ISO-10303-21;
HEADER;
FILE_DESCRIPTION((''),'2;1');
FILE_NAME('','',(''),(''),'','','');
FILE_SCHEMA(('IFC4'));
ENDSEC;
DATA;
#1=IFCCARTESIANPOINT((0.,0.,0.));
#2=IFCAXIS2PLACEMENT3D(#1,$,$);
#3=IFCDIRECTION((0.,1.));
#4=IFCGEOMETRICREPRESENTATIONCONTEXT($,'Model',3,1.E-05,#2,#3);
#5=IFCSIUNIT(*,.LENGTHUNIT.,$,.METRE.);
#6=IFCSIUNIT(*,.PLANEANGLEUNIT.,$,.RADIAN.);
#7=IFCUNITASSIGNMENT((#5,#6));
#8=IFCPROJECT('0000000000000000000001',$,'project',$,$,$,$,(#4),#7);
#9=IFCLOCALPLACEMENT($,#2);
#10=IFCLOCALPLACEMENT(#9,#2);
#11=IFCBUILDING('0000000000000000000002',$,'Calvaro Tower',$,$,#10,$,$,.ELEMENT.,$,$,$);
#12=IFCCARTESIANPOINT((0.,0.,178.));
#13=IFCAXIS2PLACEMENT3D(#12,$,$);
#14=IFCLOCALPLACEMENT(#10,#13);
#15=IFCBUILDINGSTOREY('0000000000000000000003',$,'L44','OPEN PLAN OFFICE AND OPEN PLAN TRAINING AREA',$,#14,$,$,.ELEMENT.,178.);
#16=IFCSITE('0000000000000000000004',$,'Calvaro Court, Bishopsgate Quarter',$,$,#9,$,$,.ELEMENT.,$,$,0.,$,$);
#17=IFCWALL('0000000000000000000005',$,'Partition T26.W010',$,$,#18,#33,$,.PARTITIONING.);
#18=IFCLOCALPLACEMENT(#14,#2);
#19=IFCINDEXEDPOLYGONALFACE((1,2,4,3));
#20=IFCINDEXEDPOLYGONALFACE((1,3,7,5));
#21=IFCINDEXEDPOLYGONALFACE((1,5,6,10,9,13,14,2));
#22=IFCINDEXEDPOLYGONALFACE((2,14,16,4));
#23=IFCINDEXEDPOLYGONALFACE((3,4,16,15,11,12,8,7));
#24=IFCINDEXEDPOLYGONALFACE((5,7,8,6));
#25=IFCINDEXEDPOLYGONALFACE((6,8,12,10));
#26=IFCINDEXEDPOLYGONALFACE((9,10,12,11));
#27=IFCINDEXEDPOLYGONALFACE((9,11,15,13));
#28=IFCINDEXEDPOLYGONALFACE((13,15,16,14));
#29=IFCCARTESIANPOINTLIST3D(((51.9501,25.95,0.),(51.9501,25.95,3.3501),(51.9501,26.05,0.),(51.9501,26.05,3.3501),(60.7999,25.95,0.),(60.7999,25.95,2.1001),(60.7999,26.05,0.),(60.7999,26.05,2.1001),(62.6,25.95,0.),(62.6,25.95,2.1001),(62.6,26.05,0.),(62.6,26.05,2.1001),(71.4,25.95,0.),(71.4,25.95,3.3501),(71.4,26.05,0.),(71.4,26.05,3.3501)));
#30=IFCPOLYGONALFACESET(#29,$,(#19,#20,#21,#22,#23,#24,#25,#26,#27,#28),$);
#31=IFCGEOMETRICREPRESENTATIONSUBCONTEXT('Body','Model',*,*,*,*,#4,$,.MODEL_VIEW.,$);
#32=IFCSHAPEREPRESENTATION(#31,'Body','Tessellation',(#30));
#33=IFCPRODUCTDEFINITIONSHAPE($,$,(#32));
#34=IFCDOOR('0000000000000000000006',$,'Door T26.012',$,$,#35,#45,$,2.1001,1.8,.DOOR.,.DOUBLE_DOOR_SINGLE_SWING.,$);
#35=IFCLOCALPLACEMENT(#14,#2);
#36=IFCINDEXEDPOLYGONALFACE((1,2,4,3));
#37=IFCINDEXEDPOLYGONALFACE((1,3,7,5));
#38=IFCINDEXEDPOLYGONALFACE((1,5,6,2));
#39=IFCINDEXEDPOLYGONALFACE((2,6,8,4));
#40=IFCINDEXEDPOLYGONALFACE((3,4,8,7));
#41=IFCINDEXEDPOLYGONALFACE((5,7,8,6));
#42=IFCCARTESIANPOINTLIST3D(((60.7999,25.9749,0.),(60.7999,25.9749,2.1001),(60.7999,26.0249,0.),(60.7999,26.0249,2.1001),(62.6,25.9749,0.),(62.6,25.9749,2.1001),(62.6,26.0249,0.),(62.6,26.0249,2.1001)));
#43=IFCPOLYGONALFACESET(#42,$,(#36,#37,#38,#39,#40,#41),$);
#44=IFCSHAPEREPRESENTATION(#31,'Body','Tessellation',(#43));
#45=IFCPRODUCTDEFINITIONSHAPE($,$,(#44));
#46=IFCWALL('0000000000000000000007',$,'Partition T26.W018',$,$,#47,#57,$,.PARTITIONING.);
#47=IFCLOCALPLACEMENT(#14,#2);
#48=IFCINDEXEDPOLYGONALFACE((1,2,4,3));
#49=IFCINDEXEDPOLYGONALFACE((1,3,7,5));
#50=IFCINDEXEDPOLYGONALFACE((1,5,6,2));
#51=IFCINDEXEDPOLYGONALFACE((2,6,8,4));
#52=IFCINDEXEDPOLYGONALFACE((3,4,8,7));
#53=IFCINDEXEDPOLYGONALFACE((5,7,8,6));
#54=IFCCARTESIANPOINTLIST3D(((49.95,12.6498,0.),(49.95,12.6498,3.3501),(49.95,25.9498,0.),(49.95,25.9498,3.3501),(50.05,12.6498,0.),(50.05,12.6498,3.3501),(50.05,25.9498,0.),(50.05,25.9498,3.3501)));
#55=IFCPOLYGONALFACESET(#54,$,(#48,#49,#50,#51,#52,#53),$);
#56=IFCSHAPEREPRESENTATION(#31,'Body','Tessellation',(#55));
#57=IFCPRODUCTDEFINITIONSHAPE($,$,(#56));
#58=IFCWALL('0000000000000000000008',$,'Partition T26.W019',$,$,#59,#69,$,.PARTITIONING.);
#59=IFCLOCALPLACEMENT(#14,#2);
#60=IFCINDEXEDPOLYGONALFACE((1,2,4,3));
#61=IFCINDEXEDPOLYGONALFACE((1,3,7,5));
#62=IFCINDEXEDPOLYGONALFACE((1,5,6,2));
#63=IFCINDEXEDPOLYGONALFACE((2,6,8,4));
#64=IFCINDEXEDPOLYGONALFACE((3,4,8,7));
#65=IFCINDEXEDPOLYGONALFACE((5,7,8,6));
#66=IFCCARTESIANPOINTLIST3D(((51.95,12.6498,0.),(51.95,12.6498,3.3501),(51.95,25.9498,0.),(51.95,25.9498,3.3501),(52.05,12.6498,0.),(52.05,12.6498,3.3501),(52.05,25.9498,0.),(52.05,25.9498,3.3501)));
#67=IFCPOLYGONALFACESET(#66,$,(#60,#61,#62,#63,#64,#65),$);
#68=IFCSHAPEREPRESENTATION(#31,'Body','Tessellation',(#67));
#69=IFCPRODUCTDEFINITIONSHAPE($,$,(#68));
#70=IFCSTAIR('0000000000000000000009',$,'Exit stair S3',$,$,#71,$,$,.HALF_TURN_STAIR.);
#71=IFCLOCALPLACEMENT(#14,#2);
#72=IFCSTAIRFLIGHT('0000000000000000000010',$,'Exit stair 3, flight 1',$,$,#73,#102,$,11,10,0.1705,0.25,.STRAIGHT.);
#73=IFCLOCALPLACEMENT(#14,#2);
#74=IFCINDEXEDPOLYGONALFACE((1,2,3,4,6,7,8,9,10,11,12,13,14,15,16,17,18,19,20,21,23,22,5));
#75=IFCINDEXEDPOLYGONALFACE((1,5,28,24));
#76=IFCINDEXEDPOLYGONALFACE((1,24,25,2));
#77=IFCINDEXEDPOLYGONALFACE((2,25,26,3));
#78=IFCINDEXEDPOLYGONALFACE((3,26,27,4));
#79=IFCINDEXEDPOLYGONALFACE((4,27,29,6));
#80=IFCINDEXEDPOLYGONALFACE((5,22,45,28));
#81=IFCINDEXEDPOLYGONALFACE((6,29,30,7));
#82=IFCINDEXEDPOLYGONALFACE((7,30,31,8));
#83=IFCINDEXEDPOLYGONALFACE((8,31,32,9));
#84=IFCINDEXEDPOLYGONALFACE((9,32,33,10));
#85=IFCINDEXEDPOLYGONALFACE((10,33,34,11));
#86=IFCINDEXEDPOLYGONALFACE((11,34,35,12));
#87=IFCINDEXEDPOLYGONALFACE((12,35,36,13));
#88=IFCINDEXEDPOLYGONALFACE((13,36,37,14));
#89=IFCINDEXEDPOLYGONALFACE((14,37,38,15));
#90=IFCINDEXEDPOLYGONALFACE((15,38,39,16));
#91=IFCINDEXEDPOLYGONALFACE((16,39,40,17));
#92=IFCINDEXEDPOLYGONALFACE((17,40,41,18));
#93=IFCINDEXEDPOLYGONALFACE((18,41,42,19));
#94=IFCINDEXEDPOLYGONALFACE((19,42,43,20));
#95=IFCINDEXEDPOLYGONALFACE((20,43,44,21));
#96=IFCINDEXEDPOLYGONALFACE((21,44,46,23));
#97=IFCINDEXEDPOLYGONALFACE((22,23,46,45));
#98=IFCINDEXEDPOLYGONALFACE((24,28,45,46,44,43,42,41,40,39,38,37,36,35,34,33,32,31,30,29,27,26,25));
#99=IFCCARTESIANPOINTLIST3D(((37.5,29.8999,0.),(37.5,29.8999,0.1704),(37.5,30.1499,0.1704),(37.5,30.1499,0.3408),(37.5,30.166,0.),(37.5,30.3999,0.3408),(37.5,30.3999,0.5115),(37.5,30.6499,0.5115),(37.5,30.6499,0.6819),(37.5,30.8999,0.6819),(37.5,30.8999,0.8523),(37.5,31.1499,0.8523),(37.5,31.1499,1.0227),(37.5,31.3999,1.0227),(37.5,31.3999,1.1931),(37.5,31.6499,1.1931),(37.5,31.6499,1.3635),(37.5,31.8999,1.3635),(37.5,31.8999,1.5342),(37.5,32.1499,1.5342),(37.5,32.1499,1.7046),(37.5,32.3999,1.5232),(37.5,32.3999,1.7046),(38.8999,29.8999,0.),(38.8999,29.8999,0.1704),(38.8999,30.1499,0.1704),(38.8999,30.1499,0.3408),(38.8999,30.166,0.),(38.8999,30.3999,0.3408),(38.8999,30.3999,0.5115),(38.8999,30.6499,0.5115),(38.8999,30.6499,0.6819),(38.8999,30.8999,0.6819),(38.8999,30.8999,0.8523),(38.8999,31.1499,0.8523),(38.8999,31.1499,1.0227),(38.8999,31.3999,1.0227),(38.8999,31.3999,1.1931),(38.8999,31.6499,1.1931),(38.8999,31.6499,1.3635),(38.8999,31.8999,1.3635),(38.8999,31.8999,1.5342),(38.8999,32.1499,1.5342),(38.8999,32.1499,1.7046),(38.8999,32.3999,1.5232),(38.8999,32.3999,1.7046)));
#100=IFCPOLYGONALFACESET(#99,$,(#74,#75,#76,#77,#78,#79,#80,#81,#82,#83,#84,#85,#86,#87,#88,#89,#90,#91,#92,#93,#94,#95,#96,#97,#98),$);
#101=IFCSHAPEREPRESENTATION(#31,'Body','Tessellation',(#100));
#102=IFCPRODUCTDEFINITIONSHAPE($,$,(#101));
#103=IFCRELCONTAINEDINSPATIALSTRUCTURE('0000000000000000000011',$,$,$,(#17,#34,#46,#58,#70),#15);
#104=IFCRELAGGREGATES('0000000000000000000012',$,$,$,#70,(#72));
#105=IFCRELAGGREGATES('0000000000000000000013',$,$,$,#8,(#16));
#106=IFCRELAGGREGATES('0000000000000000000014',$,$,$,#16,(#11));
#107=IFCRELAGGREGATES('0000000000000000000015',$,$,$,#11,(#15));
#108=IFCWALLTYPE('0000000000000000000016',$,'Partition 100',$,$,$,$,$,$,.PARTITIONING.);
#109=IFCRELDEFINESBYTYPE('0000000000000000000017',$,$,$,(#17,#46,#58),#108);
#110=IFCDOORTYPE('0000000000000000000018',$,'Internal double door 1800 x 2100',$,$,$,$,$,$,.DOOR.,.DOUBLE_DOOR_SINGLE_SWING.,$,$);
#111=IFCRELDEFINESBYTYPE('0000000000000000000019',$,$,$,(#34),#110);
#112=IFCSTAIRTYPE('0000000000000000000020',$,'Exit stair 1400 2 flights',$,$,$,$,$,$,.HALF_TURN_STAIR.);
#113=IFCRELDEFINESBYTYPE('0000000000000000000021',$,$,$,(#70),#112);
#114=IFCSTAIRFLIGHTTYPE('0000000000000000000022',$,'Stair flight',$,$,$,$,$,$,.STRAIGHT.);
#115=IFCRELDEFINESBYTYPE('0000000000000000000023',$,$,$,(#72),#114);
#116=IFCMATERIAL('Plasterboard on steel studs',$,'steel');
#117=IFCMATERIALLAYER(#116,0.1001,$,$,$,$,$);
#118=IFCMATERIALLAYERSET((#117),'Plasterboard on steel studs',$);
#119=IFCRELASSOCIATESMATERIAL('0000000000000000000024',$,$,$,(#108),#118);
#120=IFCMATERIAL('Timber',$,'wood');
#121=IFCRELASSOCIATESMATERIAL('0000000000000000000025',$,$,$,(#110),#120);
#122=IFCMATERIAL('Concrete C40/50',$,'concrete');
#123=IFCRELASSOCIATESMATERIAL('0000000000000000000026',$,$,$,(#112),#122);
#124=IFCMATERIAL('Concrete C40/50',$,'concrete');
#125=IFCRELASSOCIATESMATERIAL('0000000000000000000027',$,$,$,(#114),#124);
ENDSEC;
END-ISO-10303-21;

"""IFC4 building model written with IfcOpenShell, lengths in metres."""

from ifc_helpers import new_model, si_unit, direction, frame, frame_2d, origin, place, context, subcontext, project, spatial, polyline, rectangle, outline, extrude, material, layer, layer_set, type_object, element, fill, aggregate, save


model = new_model("IFC4")

# Units and contexts
model_context = context("Model", 3, precision=1e-05, world=origin(), true_north=direction((0.0, 1.0)))
body_context = subcontext(model_context, "Body", "Model", "MODEL_VIEW")
ifc_project = project(units=[si_unit("LENGTHUNIT", "METRE"), si_unit("PLANEANGLEUNIT", "RADIAN")], contexts=[model_context])

# Site, building, storey
site_placement = place(None, origin())
site = spatial("IfcSite", under=ifc_project, at=site_placement, Name="Calvaro Court, Bishopsgate Quarter", CompositionType="ELEMENT", RefElevation=0.0)
building_placement = place(site_placement, origin())
building = spatial("IfcBuilding", under=site, at=building_placement, Name="Calvaro Tower", CompositionType="ELEMENT")
storey_placement = place(building_placement, frame((0.0, 0.0, 178.0)))
storey = spatial("IfcBuildingStorey", under=building, at=storey_placement, Name="L44", Description="OPEN PLAN OFFICE AND OPEN PLAN TRAINING AREA", CompositionType="ELEMENT", Elevation=178.0)

# Shared definitions
ifc_material_1 = material(Name="Plasterboard on steel studs", Category="steel")
ifc_layer_1 = layer(ifc_material_1, 0.1001)
ifc_layer_set_1 = layer_set([ifc_layer_1], Name="Plasterboard on steel studs")
wall_type_1 = type_object("IfcWallType", Name="Partition 100", PredefinedType="PARTITIONING", material=ifc_layer_set_1)
ifc_material_2 = material(Name="Timber", Category="wood")
door_type = type_object("IfcDoorType", Name="Internal double door 1800 x 2100", OperationType="DOUBLE_DOOR_SINGLE_SWING", PredefinedType="DOOR", material=ifc_material_2)

# Wall, opening, door
wall_1_placement = place(storey_placement, frame((51.95, 26.0, 0.0), z_axis=(0.0, 0.0, 1.0), x_axis=(1.0, 0.0, 0.0)))
wall_1 = element("IfcWall", 1, at=wall_1_placement, inside=storey, type_object=wall_type_1, Name="Partition T26.W010", PredefinedType="PARTITIONING", context=body_context, shape_type="SweptSolid", body=[
    extrude(rectangle(XDim=19.45, YDim=0.1001, at=frame_2d((9.7251, 0.0))), origin(), (0.0, 0.0, 1.0), 3.3501),
])
opening_1_placement = place(wall_1_placement, frame((8.8501, 0.0, 0.0)))
opening_1 = element("IfcOpeningElement", 2, at=opening_1_placement, cuts=wall_1, PredefinedType="OPENING", context=body_context, shape_type="SweptSolid", body=[
    extrude(rectangle(XDim=1.8, YDim=2.1001, at=frame_2d((0.8999, 1.05))), frame((0.0, 0.0601, 0.0), z_axis=(0.0, -1.0, 0.0), x_axis=(1.0, 0.0, 0.0)), (0.0, 0.0, 1.0), 0.1201),
])
door_1_placement = place(opening_1_placement, origin())
door_1 = element("IfcDoor", 3, at=door_1_placement, inside=storey, type_object=door_type, Name="Door T26.012", OperationType="DOUBLE_DOOR_SINGLE_SWING", OverallHeight=2.1001, OverallWidth=1.8, PredefinedType="DOOR", context=body_context, shape_type="SweptSolid", body=[
    extrude(rectangle(XDim=1.8, YDim=2.1001, at=frame_2d((0.8999, 1.05))), frame((0.0, 0.0249, 0.0), z_axis=(0.0, -1.0, 0.0), x_axis=(1.0, 0.0, 0.0)), (0.0, 0.0, 1.0), 0.05),
])
fill(opening_1, door_1)

# Walls
for number, where, z_axis, x_axis, name in (
    (4, (50.0, 12.6499, 0.0), (0.0, 0.0, 1.0), (0.0, 1.0, 0.0), "Partition T26.W018"),
    (5, (52.0, 12.6499, 0.0), (0.0, 0.0, 1.0), (0.0, 1.0, 0.0), "Partition T26.W019"),
):
    element("IfcWall", number, at=place(storey_placement, frame(where, z_axis=z_axis, x_axis=x_axis)), inside=storey, type_object=wall_type_1, Name=name, PredefinedType="PARTITIONING", context=body_context, shape_type="SweptSolid", body=[
        extrude(rectangle(XDim=13.3, YDim=0.1001, at=frame_2d((6.6499, 0.0))), origin(), (0.0, 0.0, 1.0), 3.3501),
    ])

# Stair, stair flight
ifc_material_3 = material(Name="Concrete C40/50", Category="concrete")
stair_type = type_object("IfcStairType", Name="Exit stair 1400 2 flights", PredefinedType="HALF_TURN_STAIR", material=ifc_material_3)
stair_placement = place(storey_placement, origin())
stair = element("IfcStair", 6, at=stair_placement, inside=storey, type_object=stair_type, Name="Exit stair S3", PredefinedType="HALF_TURN_STAIR")
ifc_material_4 = material(Name="Concrete C40/50", Category="concrete")
stair_flight_type = type_object("IfcStairFlightType", Name="Stair flight", PredefinedType="STRAIGHT", material=ifc_material_4)
stair_flight_placement = place(storey_placement, frame((38.2, 29.8999, 0.0), z_axis=(0.0, 0.0, 1.0), x_axis=(0.0, 1.0, 0.0)))
stair_flight = element("IfcStairFlight", 7, at=stair_flight_placement, type_object=stair_flight_type, Name="Exit stair 3, flight 1", NumberOfRisers=11, NumberOfTreads=10, PredefinedType="STRAIGHT", RiserHeight=0.1705, TreadLength=0.25, context=body_context, shape_type="SweptSolid", body=[
    extrude(outline(polyline([(0.0, 0.0), (0.0, 0.1704), (0.25, 0.1704), (0.25, 0.3408), (0.5, 0.3408), (0.5, 0.5115), (0.75, 0.5115), (0.75, 0.6819), (1.0, 0.6819), (1.0, 0.8523), (1.25, 0.8523), (1.25, 1.0227), (1.5, 1.0227), (1.5, 1.1931), (1.75, 1.1931), (1.75, 1.3635), (2.0, 1.3635), (2.0, 1.5342), (2.25, 1.5342), (2.25, 1.7046), (2.5, 1.7046), (2.5, 1.875), (2.5, 1.5232), (0.2661, 0.0), (0.0, 0.0)])), frame((0.0, 0.7, 0.0), z_axis=(0.0, -1.0, 0.0), x_axis=(1.0, 0.0, 0.0)), (0.0, 0.0, 1.0), 1.3999),
])
aggregate(stair, [stair_flight])

save(model, "model.ifc")
